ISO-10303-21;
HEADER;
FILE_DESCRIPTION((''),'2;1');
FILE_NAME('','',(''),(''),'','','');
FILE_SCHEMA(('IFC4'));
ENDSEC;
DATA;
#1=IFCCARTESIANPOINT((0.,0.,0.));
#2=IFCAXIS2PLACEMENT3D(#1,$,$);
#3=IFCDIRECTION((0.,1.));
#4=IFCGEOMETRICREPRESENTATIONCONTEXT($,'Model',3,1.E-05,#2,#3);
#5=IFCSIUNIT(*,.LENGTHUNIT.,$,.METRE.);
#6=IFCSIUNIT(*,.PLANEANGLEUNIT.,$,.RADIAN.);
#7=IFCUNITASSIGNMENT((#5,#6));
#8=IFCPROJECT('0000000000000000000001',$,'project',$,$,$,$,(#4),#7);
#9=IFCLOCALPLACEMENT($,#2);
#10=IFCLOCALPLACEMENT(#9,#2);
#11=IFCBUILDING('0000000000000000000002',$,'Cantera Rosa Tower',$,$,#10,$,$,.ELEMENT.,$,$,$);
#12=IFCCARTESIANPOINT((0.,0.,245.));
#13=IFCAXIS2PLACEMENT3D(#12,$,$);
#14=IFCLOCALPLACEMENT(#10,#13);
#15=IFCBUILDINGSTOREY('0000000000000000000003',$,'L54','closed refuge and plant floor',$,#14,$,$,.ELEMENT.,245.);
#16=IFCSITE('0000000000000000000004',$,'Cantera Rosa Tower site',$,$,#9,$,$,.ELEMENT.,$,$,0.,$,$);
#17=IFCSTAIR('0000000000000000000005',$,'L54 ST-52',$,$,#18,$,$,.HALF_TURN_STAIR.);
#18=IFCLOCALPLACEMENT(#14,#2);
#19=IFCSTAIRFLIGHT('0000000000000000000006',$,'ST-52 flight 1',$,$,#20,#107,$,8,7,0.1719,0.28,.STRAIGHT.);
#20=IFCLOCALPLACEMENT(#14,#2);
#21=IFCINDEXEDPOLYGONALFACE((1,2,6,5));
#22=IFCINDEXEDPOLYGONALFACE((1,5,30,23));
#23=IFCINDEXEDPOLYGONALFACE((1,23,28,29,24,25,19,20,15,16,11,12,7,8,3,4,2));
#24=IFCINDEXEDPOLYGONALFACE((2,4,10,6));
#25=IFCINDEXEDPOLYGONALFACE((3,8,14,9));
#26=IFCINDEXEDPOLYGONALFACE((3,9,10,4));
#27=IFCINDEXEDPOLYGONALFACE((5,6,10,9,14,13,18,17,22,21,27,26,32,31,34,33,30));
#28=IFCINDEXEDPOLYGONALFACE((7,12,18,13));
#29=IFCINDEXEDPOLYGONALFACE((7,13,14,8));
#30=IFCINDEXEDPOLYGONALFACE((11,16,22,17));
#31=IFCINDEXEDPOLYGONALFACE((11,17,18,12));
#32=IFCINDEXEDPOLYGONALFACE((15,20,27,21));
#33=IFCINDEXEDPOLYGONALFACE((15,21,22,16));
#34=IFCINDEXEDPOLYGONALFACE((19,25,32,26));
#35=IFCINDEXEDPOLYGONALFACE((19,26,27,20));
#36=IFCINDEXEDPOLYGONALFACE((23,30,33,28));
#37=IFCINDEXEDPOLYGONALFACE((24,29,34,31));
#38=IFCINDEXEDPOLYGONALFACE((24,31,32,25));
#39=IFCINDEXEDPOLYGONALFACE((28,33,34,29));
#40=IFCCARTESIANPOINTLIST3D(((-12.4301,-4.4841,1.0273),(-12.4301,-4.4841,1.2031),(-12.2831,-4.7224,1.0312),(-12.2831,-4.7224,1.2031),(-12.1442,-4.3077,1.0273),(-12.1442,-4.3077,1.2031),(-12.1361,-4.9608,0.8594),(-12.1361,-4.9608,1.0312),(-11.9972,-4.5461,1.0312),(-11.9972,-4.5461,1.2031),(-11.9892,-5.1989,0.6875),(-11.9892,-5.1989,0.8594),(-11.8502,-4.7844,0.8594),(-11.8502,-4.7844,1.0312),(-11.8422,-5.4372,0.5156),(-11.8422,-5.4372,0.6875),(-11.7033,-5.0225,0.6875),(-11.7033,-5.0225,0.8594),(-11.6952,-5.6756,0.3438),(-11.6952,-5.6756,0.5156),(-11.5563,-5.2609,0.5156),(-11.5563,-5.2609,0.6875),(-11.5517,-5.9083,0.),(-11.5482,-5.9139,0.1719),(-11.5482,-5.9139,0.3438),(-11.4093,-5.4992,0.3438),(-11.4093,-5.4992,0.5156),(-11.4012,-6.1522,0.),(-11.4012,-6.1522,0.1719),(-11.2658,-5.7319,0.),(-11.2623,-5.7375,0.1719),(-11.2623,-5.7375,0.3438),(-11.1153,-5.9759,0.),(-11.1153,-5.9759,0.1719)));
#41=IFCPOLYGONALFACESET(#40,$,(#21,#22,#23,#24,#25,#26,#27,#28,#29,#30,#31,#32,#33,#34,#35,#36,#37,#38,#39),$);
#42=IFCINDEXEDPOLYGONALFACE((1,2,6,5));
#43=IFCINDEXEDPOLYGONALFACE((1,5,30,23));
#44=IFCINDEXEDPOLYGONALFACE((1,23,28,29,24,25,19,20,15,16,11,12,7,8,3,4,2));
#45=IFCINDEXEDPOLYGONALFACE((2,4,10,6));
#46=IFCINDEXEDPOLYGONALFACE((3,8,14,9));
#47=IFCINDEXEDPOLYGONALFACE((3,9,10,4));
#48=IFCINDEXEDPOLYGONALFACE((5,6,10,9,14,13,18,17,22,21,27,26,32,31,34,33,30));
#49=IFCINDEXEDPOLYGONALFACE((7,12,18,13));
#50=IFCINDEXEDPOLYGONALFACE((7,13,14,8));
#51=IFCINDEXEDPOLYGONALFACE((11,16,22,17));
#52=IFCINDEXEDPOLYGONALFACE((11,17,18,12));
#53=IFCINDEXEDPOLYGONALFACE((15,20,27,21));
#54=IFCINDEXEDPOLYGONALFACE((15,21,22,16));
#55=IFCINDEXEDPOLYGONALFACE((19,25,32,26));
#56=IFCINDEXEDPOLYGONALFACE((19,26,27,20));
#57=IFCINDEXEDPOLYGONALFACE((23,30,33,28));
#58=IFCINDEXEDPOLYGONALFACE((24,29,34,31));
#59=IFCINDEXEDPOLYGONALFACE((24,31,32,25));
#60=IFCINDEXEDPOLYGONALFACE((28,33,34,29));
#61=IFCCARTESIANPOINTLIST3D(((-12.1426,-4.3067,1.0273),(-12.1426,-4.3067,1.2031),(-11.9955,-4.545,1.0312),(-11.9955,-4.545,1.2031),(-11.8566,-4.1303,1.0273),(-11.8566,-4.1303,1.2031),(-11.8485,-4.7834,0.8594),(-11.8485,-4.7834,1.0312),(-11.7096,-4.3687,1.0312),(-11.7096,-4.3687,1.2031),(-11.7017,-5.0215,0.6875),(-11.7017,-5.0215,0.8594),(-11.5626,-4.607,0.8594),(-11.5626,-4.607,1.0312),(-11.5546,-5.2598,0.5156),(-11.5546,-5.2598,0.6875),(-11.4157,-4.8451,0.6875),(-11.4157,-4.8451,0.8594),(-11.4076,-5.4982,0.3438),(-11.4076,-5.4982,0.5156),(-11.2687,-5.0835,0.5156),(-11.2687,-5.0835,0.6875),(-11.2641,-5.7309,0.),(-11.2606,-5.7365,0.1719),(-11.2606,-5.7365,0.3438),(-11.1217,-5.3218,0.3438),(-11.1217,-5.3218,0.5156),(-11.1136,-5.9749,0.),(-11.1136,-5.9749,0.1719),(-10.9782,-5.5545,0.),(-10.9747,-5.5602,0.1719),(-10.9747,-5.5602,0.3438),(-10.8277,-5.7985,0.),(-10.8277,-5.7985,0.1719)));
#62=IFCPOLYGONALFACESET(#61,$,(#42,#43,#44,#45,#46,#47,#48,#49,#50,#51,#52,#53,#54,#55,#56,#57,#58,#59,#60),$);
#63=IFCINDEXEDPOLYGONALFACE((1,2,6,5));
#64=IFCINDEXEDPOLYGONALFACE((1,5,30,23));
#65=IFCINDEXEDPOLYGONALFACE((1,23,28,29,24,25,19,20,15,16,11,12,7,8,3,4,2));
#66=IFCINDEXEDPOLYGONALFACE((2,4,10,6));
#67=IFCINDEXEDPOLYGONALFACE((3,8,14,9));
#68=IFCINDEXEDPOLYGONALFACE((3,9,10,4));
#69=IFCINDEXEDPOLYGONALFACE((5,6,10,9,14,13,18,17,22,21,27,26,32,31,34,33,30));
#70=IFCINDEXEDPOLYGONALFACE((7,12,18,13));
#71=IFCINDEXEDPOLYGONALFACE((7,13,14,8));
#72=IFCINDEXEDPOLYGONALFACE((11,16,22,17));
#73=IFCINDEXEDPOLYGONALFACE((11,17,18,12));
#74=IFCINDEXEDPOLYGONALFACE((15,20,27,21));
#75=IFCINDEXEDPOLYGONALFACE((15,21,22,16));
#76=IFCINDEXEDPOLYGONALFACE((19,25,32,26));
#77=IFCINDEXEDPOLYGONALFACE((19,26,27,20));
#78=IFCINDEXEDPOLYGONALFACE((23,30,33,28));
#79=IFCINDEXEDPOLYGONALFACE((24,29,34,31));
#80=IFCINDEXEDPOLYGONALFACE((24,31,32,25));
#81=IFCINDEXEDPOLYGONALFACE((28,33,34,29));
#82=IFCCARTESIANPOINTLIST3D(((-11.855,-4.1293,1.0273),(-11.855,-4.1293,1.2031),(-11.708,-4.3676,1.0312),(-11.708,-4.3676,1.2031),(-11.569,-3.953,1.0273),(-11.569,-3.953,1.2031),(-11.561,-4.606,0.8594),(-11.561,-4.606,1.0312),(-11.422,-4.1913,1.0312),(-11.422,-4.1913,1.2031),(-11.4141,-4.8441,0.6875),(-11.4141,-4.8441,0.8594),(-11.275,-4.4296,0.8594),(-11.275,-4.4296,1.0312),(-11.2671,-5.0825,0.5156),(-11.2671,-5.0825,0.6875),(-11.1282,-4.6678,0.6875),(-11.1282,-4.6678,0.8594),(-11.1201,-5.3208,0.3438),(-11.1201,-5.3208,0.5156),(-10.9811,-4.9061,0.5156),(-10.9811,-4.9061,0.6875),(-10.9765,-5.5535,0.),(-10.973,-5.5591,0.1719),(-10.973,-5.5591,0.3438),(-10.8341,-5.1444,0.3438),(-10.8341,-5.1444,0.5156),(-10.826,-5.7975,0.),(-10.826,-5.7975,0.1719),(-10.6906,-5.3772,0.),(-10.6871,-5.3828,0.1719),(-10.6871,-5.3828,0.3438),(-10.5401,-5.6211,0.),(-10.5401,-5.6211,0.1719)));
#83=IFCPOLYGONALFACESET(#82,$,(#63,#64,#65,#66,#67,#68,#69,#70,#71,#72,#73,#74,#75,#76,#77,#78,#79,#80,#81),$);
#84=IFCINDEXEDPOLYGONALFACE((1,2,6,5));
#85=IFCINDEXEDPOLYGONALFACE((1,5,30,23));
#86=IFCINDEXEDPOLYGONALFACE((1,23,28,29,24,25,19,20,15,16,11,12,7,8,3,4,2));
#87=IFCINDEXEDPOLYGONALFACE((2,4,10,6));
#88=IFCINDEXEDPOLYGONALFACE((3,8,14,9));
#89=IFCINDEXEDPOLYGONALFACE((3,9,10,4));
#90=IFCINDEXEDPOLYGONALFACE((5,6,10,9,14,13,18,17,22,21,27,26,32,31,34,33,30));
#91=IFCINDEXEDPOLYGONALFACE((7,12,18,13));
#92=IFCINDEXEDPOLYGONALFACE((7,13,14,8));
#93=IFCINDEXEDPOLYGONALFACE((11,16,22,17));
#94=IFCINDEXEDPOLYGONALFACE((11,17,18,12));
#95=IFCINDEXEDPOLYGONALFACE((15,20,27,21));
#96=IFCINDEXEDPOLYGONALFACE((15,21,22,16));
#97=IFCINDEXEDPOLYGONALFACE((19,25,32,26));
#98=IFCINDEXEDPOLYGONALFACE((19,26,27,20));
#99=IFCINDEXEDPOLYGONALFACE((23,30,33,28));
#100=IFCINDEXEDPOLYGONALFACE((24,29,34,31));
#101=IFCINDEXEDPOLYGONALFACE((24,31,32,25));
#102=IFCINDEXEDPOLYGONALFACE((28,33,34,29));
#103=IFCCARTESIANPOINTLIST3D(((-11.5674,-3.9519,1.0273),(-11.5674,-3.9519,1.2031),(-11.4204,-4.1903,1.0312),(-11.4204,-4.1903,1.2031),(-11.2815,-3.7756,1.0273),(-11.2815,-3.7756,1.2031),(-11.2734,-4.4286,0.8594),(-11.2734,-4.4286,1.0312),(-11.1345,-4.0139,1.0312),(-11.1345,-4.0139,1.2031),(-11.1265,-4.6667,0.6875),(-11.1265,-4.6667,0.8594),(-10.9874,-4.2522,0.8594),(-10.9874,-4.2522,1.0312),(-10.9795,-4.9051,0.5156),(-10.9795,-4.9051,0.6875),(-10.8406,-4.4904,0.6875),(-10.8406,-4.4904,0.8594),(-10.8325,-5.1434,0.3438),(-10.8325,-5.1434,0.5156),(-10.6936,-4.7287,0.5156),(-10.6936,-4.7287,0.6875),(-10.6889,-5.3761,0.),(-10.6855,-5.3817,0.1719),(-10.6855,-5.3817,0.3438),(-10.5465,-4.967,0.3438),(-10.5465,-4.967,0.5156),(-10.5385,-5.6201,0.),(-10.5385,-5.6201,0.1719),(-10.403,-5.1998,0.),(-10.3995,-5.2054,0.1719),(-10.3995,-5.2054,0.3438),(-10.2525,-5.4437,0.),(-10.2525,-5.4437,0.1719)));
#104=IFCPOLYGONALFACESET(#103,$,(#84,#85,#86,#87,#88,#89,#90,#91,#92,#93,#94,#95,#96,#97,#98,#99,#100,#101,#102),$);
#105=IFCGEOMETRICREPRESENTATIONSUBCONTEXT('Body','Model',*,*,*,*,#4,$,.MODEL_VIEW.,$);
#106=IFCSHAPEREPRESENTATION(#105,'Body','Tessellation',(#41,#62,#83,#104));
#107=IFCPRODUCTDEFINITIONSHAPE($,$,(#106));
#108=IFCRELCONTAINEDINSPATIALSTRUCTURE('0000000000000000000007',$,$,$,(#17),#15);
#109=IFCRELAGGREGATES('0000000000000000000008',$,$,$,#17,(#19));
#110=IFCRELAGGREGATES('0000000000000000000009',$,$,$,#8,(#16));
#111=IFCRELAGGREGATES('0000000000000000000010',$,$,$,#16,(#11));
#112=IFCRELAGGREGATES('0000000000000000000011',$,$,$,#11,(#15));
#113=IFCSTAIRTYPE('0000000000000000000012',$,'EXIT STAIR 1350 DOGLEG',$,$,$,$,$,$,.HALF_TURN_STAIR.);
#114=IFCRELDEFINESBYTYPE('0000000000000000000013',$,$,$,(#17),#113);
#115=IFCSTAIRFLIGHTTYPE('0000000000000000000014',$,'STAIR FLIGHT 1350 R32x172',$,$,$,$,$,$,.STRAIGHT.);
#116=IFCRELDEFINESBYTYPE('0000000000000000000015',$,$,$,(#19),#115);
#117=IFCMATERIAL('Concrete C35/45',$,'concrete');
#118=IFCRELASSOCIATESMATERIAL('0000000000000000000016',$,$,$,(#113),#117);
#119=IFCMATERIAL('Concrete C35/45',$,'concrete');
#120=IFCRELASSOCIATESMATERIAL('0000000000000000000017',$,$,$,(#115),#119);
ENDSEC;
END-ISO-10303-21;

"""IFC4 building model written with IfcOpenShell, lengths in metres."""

from ifc_helpers import new_model, si_unit, direction, frame, origin, place, context, subcontext, project, spatial, polyline, outline, extrude, material, type_object, element, aggregate, save


model = new_model("IFC4")

# Units and contexts
model_context = context("Model", 3, precision=1e-05, world=origin(), true_north=direction((0.0, 1.0)))
body_context = subcontext(model_context, "Body", "Model", "MODEL_VIEW")
ifc_project = project(units=[si_unit("LENGTHUNIT", "METRE"), si_unit("PLANEANGLEUNIT", "RADIAN")], contexts=[model_context])

# Site, building, storey
site_placement = place(None, origin())
site = spatial("IfcSite", under=ifc_project, at=site_placement, Name="Cantera Rosa Tower site", CompositionType="ELEMENT", RefElevation=0.0)
building_placement = place(site_placement, origin())
building = spatial("IfcBuilding", under=site, at=building_placement, Name="Cantera Rosa Tower", CompositionType="ELEMENT")
storey_placement = place(building_placement, frame((0.0, 0.0, 245.0)))
storey = spatial("IfcBuildingStorey", under=building, at=storey_placement, Name="L54", Description="closed refuge and plant floor", CompositionType="ELEMENT", Elevation=245.0)

# Stair, stair flight
ifc_material_1 = material(Name="Concrete C35/45", Category="concrete")
stair_type = type_object("IfcStairType", Name="EXIT STAIR 1350 DOGLEG", PredefinedType="HALF_TURN_STAIR", material=ifc_material_1)
stair_placement = place(storey_placement, origin())
stair = element("IfcStair", 1, at=stair_placement, inside=storey, type_object=stair_type, Name="L54 ST-52", PredefinedType="HALF_TURN_STAIR")
ifc_material_2 = material(Name="Concrete C35/45", Category="concrete")
stair_flight_type = type_object("IfcStairFlightType", Name="STAIR FLIGHT 1350 R32x172", PredefinedType="STRAIGHT", material=ifc_material_2)
stair_flight_1_placement = place(storey_placement, frame((-10.8267, -5.7979, 0.0), z_axis=(0.0, 0.0, 1.0), x_axis=(-0.524977, 0.851117, 0.0)))
stair_flight_1 = element("IfcStairFlight", 2, at=stair_flight_1_placement, type_object=stair_flight_type, Name="ST-52 flight 1", NumberOfRisers=8, NumberOfTreads=7, PredefinedType="STRAIGHT", RiserHeight=0.1719, TreadLength=0.28, context=body_context, shape_type="SweptSolid", body=[
    extrude(outline(polyline([(0.0, 0.0), (0.0, 0.1719), (0.28, 0.1719), (0.28, 0.3438), (0.5601, 0.3438), (0.5601, 0.5156), (0.8401, 0.5156), (0.8401, 0.6875), (1.1201, 0.6875), (1.1201, 0.8594), (1.3999, 0.8594), (1.3999, 1.0312), (1.6799, 1.0312), (1.6799, 1.2031), (1.96, 1.2031), (1.96, 1.375), (1.96, 1.0273), (0.2866, 0.0), (0.0, 0.0)])), frame((0.0, 0.675, 0.0), z_axis=(0.0, -1.0, 0.0), x_axis=(1.0, 0.0, 0.0)), (0.0, 0.0, 1.0), 0.3359),
    extrude(outline(polyline([(0.0, 0.0), (0.0, 0.1719), (0.28, 0.1719), (0.28, 0.3438), (0.5601, 0.3438), (0.5601, 0.5156), (0.8401, 0.5156), (0.8401, 0.6875), (1.1201, 0.6875), (1.1201, 0.8594), (1.3999, 0.8594), (1.3999, 1.0312), (1.6799, 1.0312), (1.6799, 1.2031), (1.96, 1.2031), (1.96, 1.375), (1.96, 1.0273), (0.2866, 0.0), (0.0, 0.0)])), frame((0.0, 0.3372, 0.0), z_axis=(0.0, -1.0, 0.0), x_axis=(1.0, 0.0, 0.0)), (0.0, 0.0, 1.0), 0.3359),
    extrude(outline(polyline([(0.0, 0.0), (0.0, 0.1719), (0.28, 0.1719), (0.28, 0.3438), (0.5601, 0.3438), (0.5601, 0.5156), (0.8401, 0.5156), (0.8401, 0.6875), (1.1201, 0.6875), (1.1201, 0.8594), (1.3999, 0.8594), (1.3999, 1.0312), (1.6799, 1.0312), (1.6799, 1.2031), (1.96, 1.2031), (1.96, 1.375), (1.96, 1.0273), (0.2866, 0.0), (0.0, 0.0)])), frame((0.0, -0.0007, 0.0), z_axis=(0.0, -1.0, 0.0), x_axis=(1.0, 0.0, 0.0)), (0.0, 0.0, 1.0), 0.3359),
    extrude(outline(polyline([(0.0, 0.0), (0.0, 0.1719), (0.28, 0.1719), (0.28, 0.3438), (0.5601, 0.3438), (0.5601, 0.5156), (0.8401, 0.5156), (0.8401, 0.6875), (1.1201, 0.6875), (1.1201, 0.8594), (1.3999, 0.8594), (1.3999, 1.0312), (1.6799, 1.0312), (1.6799, 1.2031), (1.96, 1.2031), (1.96, 1.375), (1.96, 1.0273), (0.2866, 0.0), (0.0, 0.0)])), frame((0.0, -0.3386, 0.0), z_axis=(0.0, -1.0, 0.0), x_axis=(1.0, 0.0, 0.0)), (0.0, 0.0, 1.0), 0.3359),
])
aggregate(stair, [stair_flight_1])

save(model, "model.ifc")
